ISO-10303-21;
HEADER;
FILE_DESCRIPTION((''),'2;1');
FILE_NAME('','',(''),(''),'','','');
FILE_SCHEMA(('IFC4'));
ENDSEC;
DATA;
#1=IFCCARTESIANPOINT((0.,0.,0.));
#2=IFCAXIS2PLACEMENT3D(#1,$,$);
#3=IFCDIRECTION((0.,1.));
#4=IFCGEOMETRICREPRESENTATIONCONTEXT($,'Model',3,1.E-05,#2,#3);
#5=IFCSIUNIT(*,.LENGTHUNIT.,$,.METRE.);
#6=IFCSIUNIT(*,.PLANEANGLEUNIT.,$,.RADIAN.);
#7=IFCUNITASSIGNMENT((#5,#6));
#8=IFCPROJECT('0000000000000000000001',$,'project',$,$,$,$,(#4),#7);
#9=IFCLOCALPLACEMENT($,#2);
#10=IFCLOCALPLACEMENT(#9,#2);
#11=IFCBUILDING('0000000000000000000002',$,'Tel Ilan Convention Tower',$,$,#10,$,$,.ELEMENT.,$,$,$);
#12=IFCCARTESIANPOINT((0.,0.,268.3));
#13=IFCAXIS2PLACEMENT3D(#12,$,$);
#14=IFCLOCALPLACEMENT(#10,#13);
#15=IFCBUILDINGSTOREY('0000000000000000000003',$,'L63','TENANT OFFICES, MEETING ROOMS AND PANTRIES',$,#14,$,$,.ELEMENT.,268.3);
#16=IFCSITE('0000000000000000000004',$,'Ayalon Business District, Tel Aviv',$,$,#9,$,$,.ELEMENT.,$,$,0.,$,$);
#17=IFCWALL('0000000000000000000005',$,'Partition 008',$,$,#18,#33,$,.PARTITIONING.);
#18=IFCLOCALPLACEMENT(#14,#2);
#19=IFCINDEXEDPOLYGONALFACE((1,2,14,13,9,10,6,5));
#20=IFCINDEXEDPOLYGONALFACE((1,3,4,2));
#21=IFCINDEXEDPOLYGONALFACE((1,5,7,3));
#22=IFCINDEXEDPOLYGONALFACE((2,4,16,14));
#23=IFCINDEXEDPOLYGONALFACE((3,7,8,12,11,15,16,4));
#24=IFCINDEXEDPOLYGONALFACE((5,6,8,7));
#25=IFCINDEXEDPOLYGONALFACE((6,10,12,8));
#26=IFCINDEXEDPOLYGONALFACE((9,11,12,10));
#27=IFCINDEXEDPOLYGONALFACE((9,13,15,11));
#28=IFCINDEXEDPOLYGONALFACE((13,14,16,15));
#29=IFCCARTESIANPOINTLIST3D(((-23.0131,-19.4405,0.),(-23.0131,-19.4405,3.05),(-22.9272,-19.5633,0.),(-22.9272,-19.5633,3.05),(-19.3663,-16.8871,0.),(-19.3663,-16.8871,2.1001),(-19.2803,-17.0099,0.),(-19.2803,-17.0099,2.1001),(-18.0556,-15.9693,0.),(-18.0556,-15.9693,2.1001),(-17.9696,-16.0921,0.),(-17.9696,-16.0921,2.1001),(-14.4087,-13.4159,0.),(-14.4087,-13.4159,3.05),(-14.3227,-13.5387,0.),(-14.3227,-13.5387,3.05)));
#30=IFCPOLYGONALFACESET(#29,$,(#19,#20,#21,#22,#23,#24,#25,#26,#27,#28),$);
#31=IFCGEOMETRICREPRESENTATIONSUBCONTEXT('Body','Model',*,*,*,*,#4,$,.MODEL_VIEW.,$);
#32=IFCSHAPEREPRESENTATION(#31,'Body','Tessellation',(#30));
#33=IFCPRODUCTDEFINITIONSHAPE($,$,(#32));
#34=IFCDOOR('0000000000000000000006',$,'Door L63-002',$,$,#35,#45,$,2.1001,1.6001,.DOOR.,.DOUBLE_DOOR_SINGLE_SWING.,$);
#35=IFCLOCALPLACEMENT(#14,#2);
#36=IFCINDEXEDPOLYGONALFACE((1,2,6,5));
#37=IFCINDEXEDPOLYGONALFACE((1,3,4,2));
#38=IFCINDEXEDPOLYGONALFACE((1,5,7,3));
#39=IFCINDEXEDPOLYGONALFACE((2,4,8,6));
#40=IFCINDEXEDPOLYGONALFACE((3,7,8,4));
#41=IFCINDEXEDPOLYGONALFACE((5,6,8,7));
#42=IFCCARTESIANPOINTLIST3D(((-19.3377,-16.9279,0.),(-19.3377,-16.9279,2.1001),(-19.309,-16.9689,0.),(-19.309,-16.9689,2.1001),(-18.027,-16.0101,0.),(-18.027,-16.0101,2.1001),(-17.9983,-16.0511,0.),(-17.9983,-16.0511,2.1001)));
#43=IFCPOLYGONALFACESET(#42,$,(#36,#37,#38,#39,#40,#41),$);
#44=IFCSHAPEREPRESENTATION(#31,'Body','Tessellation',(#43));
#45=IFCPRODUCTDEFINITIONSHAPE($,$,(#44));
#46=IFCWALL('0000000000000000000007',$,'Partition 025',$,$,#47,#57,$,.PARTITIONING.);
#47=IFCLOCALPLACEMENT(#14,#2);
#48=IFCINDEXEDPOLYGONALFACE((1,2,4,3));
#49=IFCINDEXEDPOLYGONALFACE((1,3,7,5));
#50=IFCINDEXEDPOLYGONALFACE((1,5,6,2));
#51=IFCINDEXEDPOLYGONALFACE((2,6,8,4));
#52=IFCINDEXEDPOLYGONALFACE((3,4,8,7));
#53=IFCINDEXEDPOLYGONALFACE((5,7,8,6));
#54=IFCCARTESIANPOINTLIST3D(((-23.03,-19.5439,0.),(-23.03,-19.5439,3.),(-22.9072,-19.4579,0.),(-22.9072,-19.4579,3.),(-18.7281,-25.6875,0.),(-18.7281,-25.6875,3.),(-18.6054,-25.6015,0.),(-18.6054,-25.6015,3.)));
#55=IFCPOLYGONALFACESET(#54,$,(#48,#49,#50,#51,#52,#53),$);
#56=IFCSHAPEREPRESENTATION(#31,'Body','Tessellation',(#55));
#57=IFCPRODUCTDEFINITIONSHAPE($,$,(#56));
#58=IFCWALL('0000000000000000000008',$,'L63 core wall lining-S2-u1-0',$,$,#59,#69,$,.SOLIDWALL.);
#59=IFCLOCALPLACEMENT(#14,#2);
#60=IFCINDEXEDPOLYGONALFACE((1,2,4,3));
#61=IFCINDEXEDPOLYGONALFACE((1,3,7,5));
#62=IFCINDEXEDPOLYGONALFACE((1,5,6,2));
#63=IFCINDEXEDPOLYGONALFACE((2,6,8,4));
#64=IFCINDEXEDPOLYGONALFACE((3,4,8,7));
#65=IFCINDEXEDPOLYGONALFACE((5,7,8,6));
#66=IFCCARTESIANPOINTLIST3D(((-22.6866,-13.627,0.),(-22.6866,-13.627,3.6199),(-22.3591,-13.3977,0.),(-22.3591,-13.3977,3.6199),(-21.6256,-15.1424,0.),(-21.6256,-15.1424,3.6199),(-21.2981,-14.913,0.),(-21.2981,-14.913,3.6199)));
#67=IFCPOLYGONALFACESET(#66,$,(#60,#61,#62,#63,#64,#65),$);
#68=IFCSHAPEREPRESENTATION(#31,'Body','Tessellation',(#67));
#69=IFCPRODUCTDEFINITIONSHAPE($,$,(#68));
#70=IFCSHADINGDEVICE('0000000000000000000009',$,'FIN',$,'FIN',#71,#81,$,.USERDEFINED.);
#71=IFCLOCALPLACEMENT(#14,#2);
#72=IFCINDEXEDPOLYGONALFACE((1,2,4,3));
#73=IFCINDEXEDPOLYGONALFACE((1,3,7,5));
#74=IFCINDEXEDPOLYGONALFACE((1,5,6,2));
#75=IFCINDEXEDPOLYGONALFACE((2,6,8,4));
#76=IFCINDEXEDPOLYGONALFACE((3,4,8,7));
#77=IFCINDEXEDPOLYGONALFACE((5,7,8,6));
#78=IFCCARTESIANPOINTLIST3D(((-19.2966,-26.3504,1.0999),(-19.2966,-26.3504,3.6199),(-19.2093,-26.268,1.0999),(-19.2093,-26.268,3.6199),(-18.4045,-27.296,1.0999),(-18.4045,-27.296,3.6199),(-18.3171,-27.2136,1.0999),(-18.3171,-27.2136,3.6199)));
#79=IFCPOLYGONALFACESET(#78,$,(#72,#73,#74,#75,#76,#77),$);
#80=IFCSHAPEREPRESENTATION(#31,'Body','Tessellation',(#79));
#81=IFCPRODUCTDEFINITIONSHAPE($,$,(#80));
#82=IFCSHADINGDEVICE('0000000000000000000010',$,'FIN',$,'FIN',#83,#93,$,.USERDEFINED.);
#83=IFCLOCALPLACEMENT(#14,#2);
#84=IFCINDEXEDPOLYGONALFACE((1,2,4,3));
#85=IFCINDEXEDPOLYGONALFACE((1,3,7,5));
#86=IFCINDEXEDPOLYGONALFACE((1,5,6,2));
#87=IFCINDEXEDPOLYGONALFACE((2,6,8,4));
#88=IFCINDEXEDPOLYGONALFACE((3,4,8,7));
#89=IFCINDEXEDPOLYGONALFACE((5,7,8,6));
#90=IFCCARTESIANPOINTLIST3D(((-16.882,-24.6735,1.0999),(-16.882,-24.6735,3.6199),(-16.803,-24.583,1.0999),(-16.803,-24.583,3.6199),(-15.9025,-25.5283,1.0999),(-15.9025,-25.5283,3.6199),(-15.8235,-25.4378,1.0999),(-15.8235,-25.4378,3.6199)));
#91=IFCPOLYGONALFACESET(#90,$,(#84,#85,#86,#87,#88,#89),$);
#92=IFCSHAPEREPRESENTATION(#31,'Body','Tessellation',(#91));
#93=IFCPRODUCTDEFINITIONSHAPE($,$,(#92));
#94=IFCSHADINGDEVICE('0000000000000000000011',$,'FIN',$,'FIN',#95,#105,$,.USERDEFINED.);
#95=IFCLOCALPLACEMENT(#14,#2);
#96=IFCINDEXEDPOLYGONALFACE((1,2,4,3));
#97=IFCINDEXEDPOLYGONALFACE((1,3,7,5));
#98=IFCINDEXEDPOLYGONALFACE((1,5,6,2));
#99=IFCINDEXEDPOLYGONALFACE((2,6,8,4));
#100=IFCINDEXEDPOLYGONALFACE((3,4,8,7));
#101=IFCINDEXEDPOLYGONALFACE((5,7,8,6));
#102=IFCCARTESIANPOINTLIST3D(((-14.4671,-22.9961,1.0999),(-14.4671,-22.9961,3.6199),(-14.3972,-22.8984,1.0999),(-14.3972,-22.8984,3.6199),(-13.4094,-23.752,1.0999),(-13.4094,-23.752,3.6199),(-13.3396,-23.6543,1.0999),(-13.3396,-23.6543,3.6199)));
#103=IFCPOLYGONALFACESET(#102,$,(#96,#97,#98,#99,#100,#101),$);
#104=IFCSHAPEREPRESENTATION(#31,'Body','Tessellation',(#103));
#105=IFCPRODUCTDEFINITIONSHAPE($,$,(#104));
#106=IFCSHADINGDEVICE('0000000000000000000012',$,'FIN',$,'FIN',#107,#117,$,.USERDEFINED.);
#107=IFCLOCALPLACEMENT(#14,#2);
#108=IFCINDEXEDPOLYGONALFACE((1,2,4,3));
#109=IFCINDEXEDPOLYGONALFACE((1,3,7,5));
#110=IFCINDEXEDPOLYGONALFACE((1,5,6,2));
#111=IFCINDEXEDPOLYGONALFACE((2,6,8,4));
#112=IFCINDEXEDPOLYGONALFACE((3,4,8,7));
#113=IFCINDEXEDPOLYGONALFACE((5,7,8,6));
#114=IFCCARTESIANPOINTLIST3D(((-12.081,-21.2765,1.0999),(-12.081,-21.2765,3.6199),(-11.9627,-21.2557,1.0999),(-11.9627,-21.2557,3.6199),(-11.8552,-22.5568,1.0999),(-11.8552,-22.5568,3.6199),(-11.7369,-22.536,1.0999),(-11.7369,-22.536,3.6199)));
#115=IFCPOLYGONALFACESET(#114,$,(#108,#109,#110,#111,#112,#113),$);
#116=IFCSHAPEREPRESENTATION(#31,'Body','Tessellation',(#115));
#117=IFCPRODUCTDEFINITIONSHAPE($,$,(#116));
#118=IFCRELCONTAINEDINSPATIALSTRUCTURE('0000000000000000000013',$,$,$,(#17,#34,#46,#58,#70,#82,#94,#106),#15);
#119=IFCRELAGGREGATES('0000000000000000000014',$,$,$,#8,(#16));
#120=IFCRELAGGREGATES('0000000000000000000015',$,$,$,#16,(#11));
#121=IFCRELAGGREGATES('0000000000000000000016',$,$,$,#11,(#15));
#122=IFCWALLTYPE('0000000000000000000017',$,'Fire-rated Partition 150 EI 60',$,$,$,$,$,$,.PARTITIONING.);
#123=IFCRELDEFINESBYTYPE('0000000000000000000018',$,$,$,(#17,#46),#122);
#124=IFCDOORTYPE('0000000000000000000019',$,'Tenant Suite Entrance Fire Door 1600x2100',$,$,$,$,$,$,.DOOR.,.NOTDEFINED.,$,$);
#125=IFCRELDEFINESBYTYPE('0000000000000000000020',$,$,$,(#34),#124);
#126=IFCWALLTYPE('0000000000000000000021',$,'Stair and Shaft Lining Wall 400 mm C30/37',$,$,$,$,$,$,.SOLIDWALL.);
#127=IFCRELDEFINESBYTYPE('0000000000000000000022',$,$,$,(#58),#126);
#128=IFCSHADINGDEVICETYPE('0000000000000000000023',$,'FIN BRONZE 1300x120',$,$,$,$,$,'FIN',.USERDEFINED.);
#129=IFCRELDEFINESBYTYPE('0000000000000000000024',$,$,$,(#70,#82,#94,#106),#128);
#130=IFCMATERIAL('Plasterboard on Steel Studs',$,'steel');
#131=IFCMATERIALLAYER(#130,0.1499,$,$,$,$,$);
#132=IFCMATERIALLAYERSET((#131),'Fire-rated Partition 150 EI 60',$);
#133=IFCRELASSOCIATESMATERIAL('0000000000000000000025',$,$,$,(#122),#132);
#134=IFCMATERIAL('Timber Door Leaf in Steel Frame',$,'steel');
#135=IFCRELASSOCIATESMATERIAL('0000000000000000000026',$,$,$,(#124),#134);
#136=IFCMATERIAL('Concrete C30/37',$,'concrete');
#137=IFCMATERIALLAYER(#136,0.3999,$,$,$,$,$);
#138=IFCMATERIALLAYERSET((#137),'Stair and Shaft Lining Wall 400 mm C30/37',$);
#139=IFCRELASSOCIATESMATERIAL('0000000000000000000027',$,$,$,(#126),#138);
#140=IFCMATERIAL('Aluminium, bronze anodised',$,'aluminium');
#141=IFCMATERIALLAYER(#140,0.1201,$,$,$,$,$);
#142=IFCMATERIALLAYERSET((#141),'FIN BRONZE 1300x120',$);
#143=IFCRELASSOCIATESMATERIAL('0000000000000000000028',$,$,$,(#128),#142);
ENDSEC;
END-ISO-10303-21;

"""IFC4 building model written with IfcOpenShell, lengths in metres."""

from ifc_helpers import new_model, si_unit, direction, frame, frame_2d, origin, origin_2d, place, context, subcontext, project, spatial, rectangle, extrude, material, layer, layer_set, type_object, element, fill, save


model = new_model("IFC4")

# Units and contexts
model_context = context("Model", 3, precision=1e-05, world=origin(), true_north=direction((0.0, 1.0)))
body_context = subcontext(model_context, "Body", "Model", "MODEL_VIEW")
ifc_project = project(units=[si_unit("LENGTHUNIT", "METRE"), si_unit("PLANEANGLEUNIT", "RADIAN")], contexts=[model_context])

# Site, building, storey
site_placement = place(None, origin())
site = spatial("IfcSite", under=ifc_project, at=site_placement, Name="Ayalon Business District, Tel Aviv", CompositionType="ELEMENT", RefElevation=0.0)
building_placement = place(site_placement, origin())
building = spatial("IfcBuilding", under=site, at=building_placement, Name="Tel Ilan Convention Tower", CompositionType="ELEMENT")
storey_placement = place(building_placement, frame((0.0, 0.0, 268.3)))
storey = spatial("IfcBuildingStorey", under=building, at=storey_placement, Name="L63", Description="TENANT OFFICES, MEETING ROOMS AND PANTRIES", CompositionType="ELEMENT", Elevation=268.3)

# Wall, opening, door
ifc_material_1 = material(Name="Plasterboard on Steel Studs", Category="steel")
ifc_layer_1 = layer(ifc_material_1, 0.1499)
ifc_layer_set_1 = layer_set([ifc_layer_1], Name="Fire-rated Partition 150 EI 60")
wall_type_1 = type_object("IfcWallType", Name="Fire-rated Partition 150 EI 60", PredefinedType="PARTITIONING", material=ifc_layer_set_1)
wall_1_placement = place(storey_placement, frame((-14.3657, -13.4773, 0.0), z_axis=(0.0, 0.0, 1.0), x_axis=(-0.819164, -0.573559, 0.0)))
wall_1 = element("IfcWall", 1, at=wall_1_placement, inside=storey, type_object=wall_type_1, Name="Partition 008", PredefinedType="PARTITIONING", context=body_context, shape_type="SweptSolid", body=[
    extrude(rectangle(XDim=10.5039, YDim=0.1499, at=frame_2d((5.252, 0.0))), origin(), (0.0, 0.0, 1.0), 3.05),
])
opening_placement = place(wall_1_placement, frame((4.4519, 0.0, 0.0)))
opening = element("IfcOpeningElement", 2, at=opening_placement, cuts=wall_1, PredefinedType="OPENING", context=body_context, shape_type="SweptSolid", body=[
    extrude(rectangle(XDim=1.6001, YDim=2.1001, at=frame_2d((0.8, 1.05))), frame((0.0, 0.085, 0.0), z_axis=(0.0, -1.0, 0.0), x_axis=(1.0, 0.0, 0.0)), (0.0, 0.0, 1.0), 0.1699),
])
ifc_material_2 = material(Name="Timber Door Leaf in Steel Frame", Category="steel")
door_type = type_object("IfcDoorType", Name="Tenant Suite Entrance Fire Door 1600x2100", OperationType="NOTDEFINED", PredefinedType="DOOR", material=ifc_material_2)
door_placement = place(opening_placement, origin())
door = element("IfcDoor", 3, at=door_placement, inside=storey, type_object=door_type, Name="Door L63-002", OperationType="DOUBLE_DOOR_SINGLE_SWING", OverallHeight=2.1001, OverallWidth=1.6001, PredefinedType="DOOR", context=body_context, shape_type="SweptSolid", body=[
    extrude(rectangle(XDim=1.6001, YDim=2.1001, at=frame_2d((0.8, 1.05))), frame((0.0, 0.0249, 0.0), z_axis=(0.0, -1.0, 0.0), x_axis=(1.0, 0.0, 0.0)), (0.0, 0.0, 1.0), 0.05),
])
fill(opening, door)

# Walls
wall_2_placement = place(storey_placement, frame((-18.6667, -25.6445, 0.0), z_axis=(0.0, 0.0, 1.0), x_axis=(-0.573576, 0.819152, 0.0)))
element("IfcWall", 4, at=wall_2_placement, inside=storey, type_object=wall_type_1, Name="Partition 025", PredefinedType="PARTITIONING", context=body_context, shape_type="SweptSolid", body=[
    extrude(rectangle(XDim=7.5, YDim=0.1499, at=frame_2d((3.75, 0.0))), origin(), (0.0, 0.0, 1.0), 3.0),
])
ifc_material_3 = material(Name="Concrete C30/37", Category="concrete")
ifc_layer_2 = layer(ifc_material_3, 0.3999)
ifc_layer_set_2 = layer_set([ifc_layer_2], Name="Stair and Shaft Lining Wall 400 mm C30/37")
wall_type_2 = type_object("IfcWallType", Name="Stair and Shaft Lining Wall 400 mm C30/37", PredefinedType="SOLIDWALL", material=ifc_layer_set_2)
wall_3_placement = place(storey_placement, frame((-21.4619, -15.0276, 0.0), z_axis=(0.0, 0.0, 1.0), x_axis=(-0.57356, 0.819164, 0.0)))
element("IfcWall", 5, at=wall_3_placement, inside=storey, type_object=wall_type_2, Name="L63 core wall lining-S2-u1-0", PredefinedType="SOLIDWALL", context=body_context, shape_type="SweptSolid", body=[
    extrude(rectangle(XDim=1.8499, YDim=0.3999, at=frame_2d((0.9248, 0.0))), origin(), (0.0, 0.0, 1.0), 3.6199),
])

# Shading devices
ifc_material_4 = material(Name="Aluminium, bronze anodised", Category="aluminium")
ifc_layer_3 = layer(ifc_material_4, 0.1201)
ifc_layer_set_3 = layer_set([ifc_layer_3], Name="FIN BRONZE 1300x120")
shading_device_type = type_object("IfcShadingDeviceType", Name="FIN BRONZE 1300x120", ElementType="FIN", PredefinedType="USERDEFINED", material=ifc_layer_set_3)
for number, where, z_axis, x_axis, name in (
    (6, (-18.8069, -26.782, 1.0999), (0.0, 0.0, 1.0), (0.686242, -0.727374, 0.0), "FIN"),
    (7, (-16.3528, -25.0557, 1.0999), (0.0, 0.0, 1.0), (0.753436, -0.657521, 0.0), "FIN"),
    (8, (-13.9033, -23.3252, 1.0999), (0.0, 0.0, 1.0), (0.813552, -0.581492, 0.0), "FIN"),
    (9, (-11.9089, -21.9062, 1.0999), (0.0, 0.0, 1.0), (0.173648, -0.984808, 0.0), "FIN"),
):
    element("IfcShadingDevice", number, at=place(storey_placement, frame(where, z_axis=z_axis, x_axis=x_axis)), inside=storey, type_object=shading_device_type, Name=name, ObjectType="FIN", PredefinedType="USERDEFINED", context=body_context, shape_type="SweptSolid", body=[
        extrude(rectangle(XDim=1.3, YDim=0.1201, at=origin_2d()), origin(), (0.0, 0.0, 1.0), 2.52),
    ])

save(model, "model.ifc")
